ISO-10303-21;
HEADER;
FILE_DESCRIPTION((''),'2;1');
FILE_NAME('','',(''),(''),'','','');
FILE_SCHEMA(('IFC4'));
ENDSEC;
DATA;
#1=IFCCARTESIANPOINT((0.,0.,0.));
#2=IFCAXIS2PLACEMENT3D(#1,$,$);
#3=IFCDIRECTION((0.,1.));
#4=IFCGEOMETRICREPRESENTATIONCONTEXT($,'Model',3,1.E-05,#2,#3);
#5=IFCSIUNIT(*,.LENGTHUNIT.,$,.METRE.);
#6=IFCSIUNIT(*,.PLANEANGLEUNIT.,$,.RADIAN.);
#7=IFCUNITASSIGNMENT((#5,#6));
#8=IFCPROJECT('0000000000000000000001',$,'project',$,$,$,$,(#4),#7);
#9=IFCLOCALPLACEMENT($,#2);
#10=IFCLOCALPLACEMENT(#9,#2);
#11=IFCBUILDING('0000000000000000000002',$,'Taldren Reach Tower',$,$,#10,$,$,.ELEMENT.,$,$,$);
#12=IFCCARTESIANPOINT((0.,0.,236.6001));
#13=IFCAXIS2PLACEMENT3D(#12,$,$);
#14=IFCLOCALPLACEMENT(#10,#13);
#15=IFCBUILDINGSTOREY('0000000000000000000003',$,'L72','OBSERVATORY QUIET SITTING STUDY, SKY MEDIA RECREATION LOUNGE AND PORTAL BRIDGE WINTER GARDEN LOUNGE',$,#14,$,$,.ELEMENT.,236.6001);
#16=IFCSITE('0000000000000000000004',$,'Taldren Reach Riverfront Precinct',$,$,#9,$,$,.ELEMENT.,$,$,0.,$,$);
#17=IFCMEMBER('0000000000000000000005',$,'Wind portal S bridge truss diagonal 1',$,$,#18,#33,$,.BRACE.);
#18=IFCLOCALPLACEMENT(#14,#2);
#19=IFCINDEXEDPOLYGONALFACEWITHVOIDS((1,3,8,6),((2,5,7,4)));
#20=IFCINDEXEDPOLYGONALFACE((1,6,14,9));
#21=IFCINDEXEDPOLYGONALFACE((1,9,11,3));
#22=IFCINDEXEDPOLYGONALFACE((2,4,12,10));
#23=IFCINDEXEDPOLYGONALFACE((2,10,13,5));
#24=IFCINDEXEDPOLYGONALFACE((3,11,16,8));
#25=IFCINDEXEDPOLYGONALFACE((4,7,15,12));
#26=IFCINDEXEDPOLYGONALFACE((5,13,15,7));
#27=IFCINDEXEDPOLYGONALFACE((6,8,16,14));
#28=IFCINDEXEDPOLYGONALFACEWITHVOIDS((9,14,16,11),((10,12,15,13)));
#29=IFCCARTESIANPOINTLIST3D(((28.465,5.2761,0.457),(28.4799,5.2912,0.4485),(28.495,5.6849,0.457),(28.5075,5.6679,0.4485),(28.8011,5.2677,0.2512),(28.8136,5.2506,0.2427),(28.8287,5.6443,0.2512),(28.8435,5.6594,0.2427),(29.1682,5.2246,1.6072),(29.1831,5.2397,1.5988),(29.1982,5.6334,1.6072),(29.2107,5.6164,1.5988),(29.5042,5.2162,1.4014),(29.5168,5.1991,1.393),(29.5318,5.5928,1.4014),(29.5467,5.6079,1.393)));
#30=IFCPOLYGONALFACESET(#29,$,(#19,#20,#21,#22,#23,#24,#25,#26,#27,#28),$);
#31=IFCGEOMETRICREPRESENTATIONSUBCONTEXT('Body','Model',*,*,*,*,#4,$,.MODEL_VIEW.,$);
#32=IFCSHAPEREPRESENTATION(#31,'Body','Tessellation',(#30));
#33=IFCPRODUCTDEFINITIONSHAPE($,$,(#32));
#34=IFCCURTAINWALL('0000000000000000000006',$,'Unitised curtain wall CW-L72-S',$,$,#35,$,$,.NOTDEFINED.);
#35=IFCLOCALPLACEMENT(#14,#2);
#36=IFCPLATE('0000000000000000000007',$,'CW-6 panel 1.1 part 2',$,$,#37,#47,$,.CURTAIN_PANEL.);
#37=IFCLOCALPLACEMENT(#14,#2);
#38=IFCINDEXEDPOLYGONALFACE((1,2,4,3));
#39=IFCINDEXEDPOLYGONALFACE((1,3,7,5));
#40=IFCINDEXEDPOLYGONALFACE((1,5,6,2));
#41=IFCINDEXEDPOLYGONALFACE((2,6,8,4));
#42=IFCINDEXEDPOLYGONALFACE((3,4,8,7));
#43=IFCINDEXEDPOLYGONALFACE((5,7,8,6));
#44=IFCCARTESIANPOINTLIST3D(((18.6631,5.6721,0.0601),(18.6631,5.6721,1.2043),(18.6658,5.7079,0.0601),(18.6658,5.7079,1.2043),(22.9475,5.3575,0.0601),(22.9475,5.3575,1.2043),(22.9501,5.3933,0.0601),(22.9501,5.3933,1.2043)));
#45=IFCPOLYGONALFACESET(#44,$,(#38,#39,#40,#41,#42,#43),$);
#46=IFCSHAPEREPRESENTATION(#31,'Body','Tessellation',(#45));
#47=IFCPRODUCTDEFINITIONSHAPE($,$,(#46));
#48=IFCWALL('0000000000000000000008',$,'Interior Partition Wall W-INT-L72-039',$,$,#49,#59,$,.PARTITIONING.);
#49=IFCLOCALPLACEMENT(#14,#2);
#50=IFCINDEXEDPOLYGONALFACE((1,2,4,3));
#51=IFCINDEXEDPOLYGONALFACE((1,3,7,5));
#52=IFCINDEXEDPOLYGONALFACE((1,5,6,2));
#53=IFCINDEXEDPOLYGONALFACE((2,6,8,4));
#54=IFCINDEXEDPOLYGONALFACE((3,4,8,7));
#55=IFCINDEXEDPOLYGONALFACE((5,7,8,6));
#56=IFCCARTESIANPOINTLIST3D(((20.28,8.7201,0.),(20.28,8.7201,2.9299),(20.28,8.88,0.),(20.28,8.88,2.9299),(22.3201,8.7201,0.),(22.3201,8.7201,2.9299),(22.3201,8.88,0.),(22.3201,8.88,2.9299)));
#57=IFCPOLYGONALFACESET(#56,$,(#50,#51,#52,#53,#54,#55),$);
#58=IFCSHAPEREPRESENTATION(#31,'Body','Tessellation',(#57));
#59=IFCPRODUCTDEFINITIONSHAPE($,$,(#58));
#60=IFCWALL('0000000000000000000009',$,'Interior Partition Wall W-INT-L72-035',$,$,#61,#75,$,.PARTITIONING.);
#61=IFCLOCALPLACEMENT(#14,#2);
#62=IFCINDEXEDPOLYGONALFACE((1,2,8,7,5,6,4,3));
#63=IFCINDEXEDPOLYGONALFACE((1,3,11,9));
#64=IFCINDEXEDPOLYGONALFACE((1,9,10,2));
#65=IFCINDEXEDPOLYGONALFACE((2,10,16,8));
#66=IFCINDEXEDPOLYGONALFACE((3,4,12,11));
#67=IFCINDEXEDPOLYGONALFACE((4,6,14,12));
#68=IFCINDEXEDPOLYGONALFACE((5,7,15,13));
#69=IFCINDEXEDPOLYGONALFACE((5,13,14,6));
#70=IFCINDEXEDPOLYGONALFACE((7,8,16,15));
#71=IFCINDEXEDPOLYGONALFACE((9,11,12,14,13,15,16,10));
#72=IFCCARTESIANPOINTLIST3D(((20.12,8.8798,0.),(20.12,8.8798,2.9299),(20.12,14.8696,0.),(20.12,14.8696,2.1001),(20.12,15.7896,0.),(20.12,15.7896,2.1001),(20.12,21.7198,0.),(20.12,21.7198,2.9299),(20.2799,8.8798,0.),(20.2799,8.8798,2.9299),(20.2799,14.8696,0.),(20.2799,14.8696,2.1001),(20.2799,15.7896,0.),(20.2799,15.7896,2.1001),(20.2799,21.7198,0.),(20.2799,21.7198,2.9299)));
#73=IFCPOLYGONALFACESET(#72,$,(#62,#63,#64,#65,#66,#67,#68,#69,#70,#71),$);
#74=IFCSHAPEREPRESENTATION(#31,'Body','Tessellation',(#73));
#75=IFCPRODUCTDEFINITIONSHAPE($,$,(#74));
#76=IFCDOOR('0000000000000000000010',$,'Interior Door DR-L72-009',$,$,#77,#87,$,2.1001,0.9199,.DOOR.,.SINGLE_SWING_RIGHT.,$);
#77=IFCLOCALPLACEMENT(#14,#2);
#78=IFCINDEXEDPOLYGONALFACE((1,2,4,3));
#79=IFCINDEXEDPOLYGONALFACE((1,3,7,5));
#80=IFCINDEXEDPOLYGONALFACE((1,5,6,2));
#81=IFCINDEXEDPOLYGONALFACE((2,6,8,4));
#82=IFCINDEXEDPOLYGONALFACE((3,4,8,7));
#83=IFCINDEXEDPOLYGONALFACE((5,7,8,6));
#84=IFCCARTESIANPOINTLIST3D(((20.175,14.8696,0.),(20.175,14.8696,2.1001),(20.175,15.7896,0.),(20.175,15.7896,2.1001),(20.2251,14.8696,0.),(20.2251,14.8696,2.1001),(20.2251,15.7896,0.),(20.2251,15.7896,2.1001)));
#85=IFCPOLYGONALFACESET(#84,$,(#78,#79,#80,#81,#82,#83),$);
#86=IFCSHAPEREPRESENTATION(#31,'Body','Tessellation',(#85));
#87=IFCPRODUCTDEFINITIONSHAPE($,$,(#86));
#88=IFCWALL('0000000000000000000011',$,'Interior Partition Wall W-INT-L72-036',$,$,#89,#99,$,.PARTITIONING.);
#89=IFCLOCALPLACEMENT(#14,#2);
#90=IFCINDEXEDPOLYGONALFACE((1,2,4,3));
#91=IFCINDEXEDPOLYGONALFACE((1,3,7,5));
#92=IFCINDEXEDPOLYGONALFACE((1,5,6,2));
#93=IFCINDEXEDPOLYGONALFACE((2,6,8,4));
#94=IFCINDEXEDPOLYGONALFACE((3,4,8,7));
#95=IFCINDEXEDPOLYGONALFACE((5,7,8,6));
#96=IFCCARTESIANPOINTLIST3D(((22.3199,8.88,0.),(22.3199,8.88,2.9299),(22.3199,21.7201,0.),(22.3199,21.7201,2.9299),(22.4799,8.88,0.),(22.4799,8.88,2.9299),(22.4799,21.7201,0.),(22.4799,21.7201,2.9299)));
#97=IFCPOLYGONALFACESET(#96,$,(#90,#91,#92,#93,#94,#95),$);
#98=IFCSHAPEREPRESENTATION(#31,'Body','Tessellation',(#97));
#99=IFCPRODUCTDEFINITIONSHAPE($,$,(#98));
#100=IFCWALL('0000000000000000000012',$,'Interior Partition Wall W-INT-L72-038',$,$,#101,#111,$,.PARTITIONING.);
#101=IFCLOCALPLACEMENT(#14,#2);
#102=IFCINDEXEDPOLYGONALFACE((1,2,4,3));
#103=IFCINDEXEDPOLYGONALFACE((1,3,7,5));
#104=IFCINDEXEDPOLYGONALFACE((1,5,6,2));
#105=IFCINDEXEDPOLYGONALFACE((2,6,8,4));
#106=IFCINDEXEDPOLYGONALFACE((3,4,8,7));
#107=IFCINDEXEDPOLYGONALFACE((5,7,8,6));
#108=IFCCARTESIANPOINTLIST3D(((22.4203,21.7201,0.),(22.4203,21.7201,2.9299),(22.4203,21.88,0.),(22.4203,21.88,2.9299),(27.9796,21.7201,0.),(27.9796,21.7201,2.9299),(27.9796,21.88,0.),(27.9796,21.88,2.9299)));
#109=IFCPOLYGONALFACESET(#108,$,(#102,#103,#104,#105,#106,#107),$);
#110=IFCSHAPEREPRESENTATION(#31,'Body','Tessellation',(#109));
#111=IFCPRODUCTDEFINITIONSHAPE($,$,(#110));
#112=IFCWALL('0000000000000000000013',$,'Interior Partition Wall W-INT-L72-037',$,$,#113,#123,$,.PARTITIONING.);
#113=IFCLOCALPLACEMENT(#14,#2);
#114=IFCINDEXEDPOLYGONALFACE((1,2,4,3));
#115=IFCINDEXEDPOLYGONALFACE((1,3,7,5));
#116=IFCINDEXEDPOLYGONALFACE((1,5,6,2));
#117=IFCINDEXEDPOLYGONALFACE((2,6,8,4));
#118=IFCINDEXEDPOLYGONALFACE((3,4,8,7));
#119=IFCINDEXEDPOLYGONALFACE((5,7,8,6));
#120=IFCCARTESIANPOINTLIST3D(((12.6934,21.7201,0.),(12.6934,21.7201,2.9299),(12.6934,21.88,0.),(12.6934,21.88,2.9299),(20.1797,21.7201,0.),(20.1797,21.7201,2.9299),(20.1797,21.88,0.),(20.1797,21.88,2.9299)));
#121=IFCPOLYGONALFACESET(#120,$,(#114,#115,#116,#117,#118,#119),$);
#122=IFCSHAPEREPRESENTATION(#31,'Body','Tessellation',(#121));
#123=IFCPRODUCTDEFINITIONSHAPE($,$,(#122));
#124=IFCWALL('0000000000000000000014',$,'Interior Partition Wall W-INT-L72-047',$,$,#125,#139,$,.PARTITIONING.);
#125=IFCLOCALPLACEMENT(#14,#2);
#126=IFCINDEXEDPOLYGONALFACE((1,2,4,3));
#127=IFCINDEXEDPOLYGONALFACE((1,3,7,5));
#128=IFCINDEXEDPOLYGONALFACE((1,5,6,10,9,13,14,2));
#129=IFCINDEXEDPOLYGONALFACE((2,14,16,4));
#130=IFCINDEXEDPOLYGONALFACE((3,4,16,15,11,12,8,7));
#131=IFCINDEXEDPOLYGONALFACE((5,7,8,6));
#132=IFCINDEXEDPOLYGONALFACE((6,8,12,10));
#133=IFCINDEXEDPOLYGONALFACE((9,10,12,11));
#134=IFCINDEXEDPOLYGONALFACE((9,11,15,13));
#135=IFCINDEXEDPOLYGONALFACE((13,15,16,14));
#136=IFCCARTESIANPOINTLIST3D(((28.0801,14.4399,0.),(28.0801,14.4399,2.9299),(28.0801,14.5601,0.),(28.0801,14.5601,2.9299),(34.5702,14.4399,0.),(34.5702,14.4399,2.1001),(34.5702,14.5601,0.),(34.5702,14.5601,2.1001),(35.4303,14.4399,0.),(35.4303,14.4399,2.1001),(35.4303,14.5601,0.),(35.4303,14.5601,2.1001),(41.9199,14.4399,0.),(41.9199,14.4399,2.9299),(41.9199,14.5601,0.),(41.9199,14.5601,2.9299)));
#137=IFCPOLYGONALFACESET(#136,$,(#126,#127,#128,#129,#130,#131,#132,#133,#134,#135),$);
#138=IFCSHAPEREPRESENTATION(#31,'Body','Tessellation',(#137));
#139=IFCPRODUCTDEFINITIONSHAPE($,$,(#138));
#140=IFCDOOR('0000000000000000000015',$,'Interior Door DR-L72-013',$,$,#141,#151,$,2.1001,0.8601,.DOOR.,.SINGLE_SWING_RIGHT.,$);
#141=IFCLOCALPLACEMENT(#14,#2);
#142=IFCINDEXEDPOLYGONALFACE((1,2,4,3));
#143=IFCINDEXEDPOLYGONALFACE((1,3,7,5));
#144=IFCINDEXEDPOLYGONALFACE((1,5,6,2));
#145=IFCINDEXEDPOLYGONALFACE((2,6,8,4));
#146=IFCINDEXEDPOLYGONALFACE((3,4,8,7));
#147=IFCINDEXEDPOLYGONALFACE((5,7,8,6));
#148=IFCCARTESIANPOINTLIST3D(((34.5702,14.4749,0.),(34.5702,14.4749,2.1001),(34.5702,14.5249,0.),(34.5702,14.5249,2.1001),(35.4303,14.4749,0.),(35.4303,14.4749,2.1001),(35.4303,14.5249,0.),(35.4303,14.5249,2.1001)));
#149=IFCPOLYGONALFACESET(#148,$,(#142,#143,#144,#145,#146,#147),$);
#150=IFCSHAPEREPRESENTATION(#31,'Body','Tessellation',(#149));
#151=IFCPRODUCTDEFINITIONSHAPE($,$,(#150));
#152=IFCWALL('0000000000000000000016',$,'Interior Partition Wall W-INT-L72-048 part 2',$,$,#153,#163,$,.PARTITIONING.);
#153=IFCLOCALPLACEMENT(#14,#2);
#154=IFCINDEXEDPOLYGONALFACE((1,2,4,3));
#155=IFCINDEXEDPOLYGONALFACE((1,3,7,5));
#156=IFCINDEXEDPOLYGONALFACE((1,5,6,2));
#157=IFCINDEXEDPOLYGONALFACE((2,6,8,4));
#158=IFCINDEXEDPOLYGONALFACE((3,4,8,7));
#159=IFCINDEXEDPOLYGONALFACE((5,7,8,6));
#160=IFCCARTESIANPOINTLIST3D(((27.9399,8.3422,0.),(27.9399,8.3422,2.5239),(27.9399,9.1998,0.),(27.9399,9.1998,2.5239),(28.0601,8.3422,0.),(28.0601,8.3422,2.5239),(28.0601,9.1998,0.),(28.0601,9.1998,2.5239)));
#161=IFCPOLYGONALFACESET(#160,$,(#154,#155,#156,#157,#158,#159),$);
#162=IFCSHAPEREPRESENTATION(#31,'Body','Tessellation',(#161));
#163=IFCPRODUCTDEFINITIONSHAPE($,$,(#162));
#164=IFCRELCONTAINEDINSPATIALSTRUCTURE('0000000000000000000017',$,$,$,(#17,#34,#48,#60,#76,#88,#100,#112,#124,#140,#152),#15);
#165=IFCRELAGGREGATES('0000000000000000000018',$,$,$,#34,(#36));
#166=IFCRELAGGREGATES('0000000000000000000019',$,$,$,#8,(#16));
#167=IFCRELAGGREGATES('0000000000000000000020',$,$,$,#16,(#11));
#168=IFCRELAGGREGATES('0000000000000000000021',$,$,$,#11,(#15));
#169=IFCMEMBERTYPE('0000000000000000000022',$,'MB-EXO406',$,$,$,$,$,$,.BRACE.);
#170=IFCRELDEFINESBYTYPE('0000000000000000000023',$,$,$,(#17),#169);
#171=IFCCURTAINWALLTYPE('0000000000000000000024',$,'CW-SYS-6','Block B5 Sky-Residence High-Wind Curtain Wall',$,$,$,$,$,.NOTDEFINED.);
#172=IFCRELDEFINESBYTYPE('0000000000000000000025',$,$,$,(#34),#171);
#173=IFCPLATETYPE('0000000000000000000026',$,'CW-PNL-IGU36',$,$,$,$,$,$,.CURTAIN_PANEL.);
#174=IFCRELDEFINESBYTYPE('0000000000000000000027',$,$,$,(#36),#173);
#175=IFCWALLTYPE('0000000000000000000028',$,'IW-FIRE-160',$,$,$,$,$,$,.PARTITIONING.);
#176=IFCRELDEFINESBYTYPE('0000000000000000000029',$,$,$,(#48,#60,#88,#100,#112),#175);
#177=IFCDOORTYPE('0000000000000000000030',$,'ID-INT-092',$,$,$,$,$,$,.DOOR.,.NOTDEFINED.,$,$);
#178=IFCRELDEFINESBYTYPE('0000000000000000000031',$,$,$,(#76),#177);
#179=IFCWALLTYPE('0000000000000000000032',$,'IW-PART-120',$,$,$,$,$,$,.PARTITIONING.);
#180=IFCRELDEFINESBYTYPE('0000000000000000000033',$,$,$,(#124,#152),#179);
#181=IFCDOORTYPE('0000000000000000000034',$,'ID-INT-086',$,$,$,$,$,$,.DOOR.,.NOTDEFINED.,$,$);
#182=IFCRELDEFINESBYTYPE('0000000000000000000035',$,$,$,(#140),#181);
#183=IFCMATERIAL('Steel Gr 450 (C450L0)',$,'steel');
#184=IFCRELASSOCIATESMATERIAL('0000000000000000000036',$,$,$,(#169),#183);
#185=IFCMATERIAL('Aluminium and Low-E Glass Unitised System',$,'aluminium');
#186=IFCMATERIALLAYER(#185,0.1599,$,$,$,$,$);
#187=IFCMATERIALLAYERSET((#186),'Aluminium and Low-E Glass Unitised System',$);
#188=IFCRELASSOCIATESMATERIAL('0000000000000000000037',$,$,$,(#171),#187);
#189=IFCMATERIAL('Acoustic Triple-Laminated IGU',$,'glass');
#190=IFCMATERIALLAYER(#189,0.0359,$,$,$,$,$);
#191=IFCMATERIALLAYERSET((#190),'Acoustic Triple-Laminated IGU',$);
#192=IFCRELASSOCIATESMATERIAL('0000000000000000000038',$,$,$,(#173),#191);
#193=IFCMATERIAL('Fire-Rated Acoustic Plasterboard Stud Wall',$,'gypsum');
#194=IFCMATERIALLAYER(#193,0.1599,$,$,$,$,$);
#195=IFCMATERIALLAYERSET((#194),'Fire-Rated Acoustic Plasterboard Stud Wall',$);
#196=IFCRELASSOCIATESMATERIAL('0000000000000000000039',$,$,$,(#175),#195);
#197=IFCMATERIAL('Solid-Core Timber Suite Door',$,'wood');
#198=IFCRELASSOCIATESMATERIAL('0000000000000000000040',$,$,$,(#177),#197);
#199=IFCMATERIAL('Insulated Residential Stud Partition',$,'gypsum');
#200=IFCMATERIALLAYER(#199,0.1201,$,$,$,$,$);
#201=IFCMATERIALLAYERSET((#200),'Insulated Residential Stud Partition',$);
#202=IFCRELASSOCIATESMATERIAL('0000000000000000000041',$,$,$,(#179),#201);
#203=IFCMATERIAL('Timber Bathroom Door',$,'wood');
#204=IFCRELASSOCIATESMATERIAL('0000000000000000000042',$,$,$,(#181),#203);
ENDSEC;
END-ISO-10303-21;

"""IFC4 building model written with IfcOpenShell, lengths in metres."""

from ifc_helpers import new_model, si_unit, direction, frame, frame_2d, origin, origin_2d, place, context, subcontext, project, spatial, rectangle, hollow_rectangle, extrude, source, transform, mapped, material, layer, layer_set, material_profile, profile_set, type_object, element, fill, aggregate, save


model = new_model("IFC4")

# Units and contexts
model_context = context("Model", 3, precision=1e-05, world=origin(), true_north=direction((0.0, 1.0)))
body_context = subcontext(model_context, "Body", "Model", "MODEL_VIEW")
ifc_project = project(units=[si_unit("LENGTHUNIT", "METRE"), si_unit("PLANEANGLEUNIT", "RADIAN")], contexts=[model_context])

# Site, building, storey
site_placement = place(None, origin())
site = spatial("IfcSite", under=ifc_project, at=site_placement, Name="Taldren Reach Riverfront Precinct", CompositionType="ELEMENT", RefElevation=0.0)
building_placement = place(site_placement, origin())
building = spatial("IfcBuilding", under=site, at=building_placement, Name="Taldren Reach Tower", CompositionType="ELEMENT")
storey_placement = place(building_placement, frame((0.0, 0.0, 236.6001)))
storey = spatial("IfcBuildingStorey", under=building, at=storey_placement, Name="L72", Description="OBSERVATORY QUIET SITTING STUDY, SKY MEDIA RECREATION LOUNGE AND PORTAL BRIDGE WINTER GARDEN LOUNGE", CompositionType="ELEMENT", Elevation=236.6001)

# Shared definitions
ifc_material_1 = material(Name="Steel Gr 450 (C450L0)", Category="steel")

# Member
ifc_material_profile_1 = material_profile(ifc_material_1, hollow_rectangle(XDim=0.4099, YDim=0.4099, WallThickness=0.0161, at=origin_2d()), Name="410x410x16.0SHS")
ifc_profile_set_1 = profile_set([ifc_material_profile_1], Name="Steel Gr 450 (C450L0)")
member_type_1 = type_object("IfcMemberType", Name="MB-EXO406", PredefinedType="BRACE", material=ifc_profile_set_1)
shared_shape_1 = source(origin(), body_context, "Body", "SweptSolid", [
    extrude(hollow_rectangle(XDim=0.4099, YDim=0.4099, WallThickness=0.0161, at=origin_2d()), origin(), (0.0, 0.0, 1.0), 1.3491),
])
member_1_placement = place(storey_placement, frame((28.6543, 5.4678, 0.3499), z_axis=(0.521209, -0.038186, 0.852574), x_axis=(0.073068, 0.997327, 0.0)))
element("IfcMember", 1, at=member_1_placement, inside=storey, type_object=member_type_1, Name="Wind portal S bridge truss diagonal 1", PredefinedType="BRACE", context=body_context, shape_type="MappedRepresentation", body=[
    mapped(shared_shape_1, transform((0.0, 0.0, 0.0), scale=1.0)),
])

# Curtain wall, plate
ifc_material_2 = material(Name="Aluminium and Low-E Glass Unitised System", Category="aluminium")
ifc_layer_1 = layer(ifc_material_2, 0.1599)
ifc_layer_set_1 = layer_set([ifc_layer_1], Name="Aluminium and Low-E Glass Unitised System")
curtain_wall_type = type_object("IfcCurtainWallType", Name="CW-SYS-6", Description="Block B5 Sky-Residence High-Wind Curtain Wall", PredefinedType="NOTDEFINED", material=ifc_layer_set_1)
curtain_wall_placement = place(storey_placement, origin())
curtain_wall = element("IfcCurtainWall", 2, at=curtain_wall_placement, inside=storey, type_object=curtain_wall_type, Name="Unitised curtain wall CW-L72-S", PredefinedType="NOTDEFINED")
ifc_material_3 = material(Name="Acoustic Triple-Laminated IGU", Category="glass")
ifc_layer_2 = layer(ifc_material_3, 0.0359)
ifc_layer_set_2 = layer_set([ifc_layer_2], Name="Acoustic Triple-Laminated IGU")
plate_type = type_object("IfcPlateType", Name="CW-PNL-IGU36", PredefinedType="CURTAIN_PANEL", material=ifc_layer_set_2)
shared_shape_2 = source(origin(), body_context, "Body", "SweptSolid", [
    extrude(rectangle(XDim=4.2959, YDim=0.0359, at=origin_2d()), origin(), (0.0, 0.0, 1.0), 1.1443),
])
plate_placement = place(storey_placement, frame((20.8066, 5.5327, 0.0601), z_axis=(0.0, 0.0, 1.0), x_axis=(0.997314, -0.073238, 0.0)))
plate = element("IfcPlate", 3, at=plate_placement, type_object=plate_type, Name="CW-6 panel 1.1 part 2", PredefinedType="CURTAIN_PANEL", context=body_context, shape_type="MappedRepresentation", body=[
    mapped(shared_shape_2, transform((0.0, 0.0, 0.0), scale=1.0)),
])
aggregate(curtain_wall, [plate])

# Wall
ifc_material_4 = material(Name="Fire-Rated Acoustic Plasterboard Stud Wall", Category="gypsum")
ifc_layer_3 = layer(ifc_material_4, 0.1599)
ifc_layer_set_3 = layer_set([ifc_layer_3], Name="Fire-Rated Acoustic Plasterboard Stud Wall")
wall_type_1 = type_object("IfcWallType", Name="IW-FIRE-160", PredefinedType="PARTITIONING", material=ifc_layer_set_3)
shared_shape_3 = source(origin(), body_context, "Body", "SweptSolid", [
    extrude(rectangle(XDim=2.04, YDim=0.1599, at=frame_2d((1.02, 0.0))), origin(), (0.0, 0.0, 1.0), 2.9299),
])
wall_1_placement = place(storey_placement, frame((22.3201, 8.8, 0.0), z_axis=(0.0, 0.0, 1.0), x_axis=(-1.0, 0.0, 0.0)))
element("IfcWall", 4, at=wall_1_placement, inside=storey, type_object=wall_type_1, Name="Interior Partition Wall W-INT-L72-039", PredefinedType="PARTITIONING", context=body_context, shape_type="MappedRepresentation", body=[
    mapped(shared_shape_3, transform((0.0, 0.0, 0.0), scale=1.0)),
])

# Wall, opening, door
shared_shape_4 = source(origin(), body_context, "Body", "SweptSolid", [
    extrude(rectangle(XDim=12.8401, YDim=0.1599, at=frame_2d((6.4199, 0.0))), origin(), (0.0, 0.0, 1.0), 2.9299),
])
wall_2_placement = place(storey_placement, frame((20.2, 8.8799, 0.0), z_axis=(0.0, 0.0, 1.0), x_axis=(0.0, 1.0, 0.0)))
wall_2 = element("IfcWall", 5, at=wall_2_placement, inside=storey, type_object=wall_type_1, Name="Interior Partition Wall W-INT-L72-035", PredefinedType="PARTITIONING", context=body_context, shape_type="MappedRepresentation", body=[
    mapped(shared_shape_4, transform((0.0, 0.0, 0.0), scale=1.0)),
])
shared_shape_5 = source(origin(), body_context, "Body", "SweptSolid", [
    extrude(rectangle(XDim=0.9199, YDim=2.1001, at=frame_2d((0.46, 1.05))), frame((0.0, 0.0898, 0.0), z_axis=(0.0, -1.0, 0.0), x_axis=(1.0, 0.0, 0.0)), (0.0, 0.0, 1.0), 0.1799),
])
opening_1_placement = place(wall_2_placement, frame((5.9897, 0.0, 0.0)))
opening_1 = element("IfcOpeningElement", 6, at=opening_1_placement, cuts=wall_2, PredefinedType="OPENING", context=body_context, shape_type="MappedRepresentation", body=[
    mapped(shared_shape_5, transform((0.0, 0.0, 0.0), scale=1.0)),
])
ifc_material_5 = material(Name="Solid-Core Timber Suite Door", Category="wood")
door_type_1 = type_object("IfcDoorType", Name="ID-INT-092", OperationType="NOTDEFINED", PredefinedType="DOOR", material=ifc_material_5)
shared_shape_6 = source(origin(), body_context, "Body", "SweptSolid", [
    extrude(rectangle(XDim=0.9199, YDim=2.1001, at=frame_2d((0.46, 1.05))), frame((0.0, 0.0249, 0.0), z_axis=(0.0, -1.0, 0.0), x_axis=(1.0, 0.0, 0.0)), (0.0, 0.0, 1.0), 0.05),
])
door_1_placement = place(opening_1_placement, origin())
door_1 = element("IfcDoor", 7, at=door_1_placement, inside=storey, type_object=door_type_1, Name="Interior Door DR-L72-009", OperationType="SINGLE_SWING_RIGHT", OverallHeight=2.1001, OverallWidth=0.9199, PredefinedType="DOOR", context=body_context, shape_type="MappedRepresentation", body=[
    mapped(shared_shape_6, transform((0.0, 0.0, 0.0), scale=1.0)),
])
fill(opening_1, door_1)

# Walls
wall_3_placement = place(storey_placement, frame((22.3999, 21.72, 0.0), z_axis=(0.0, 0.0, 1.0), x_axis=(0.0, -1.0, 0.0)))
element("IfcWall", 8, at=wall_3_placement, inside=storey, type_object=wall_type_1, Name="Interior Partition Wall W-INT-L72-036", PredefinedType="PARTITIONING", context=body_context, shape_type="MappedRepresentation", body=[
    mapped(shared_shape_4, transform((0.0, 0.0, 0.0), scale=1.0)),
])
shared_shape_7 = source(origin(), body_context, "Body", "SweptSolid", [
    extrude(rectangle(XDim=5.5593, YDim=0.1599, at=frame_2d((2.7798, 0.0))), origin(), (0.0, 0.0, 1.0), 2.9299),
])
wall_4_placement = place(storey_placement, frame((27.9797, 21.8, 0.0), z_axis=(0.0, 0.0, 1.0), x_axis=(-1.0, 0.0, 0.0)))
element("IfcWall", 9, at=wall_4_placement, inside=storey, type_object=wall_type_1, Name="Interior Partition Wall W-INT-L72-038", PredefinedType="PARTITIONING", context=body_context, shape_type="MappedRepresentation", body=[
    mapped(shared_shape_7, transform((0.0, 0.0, 0.0), scale=1.0)),
])
shared_shape_8 = source(origin(), body_context, "Body", "SweptSolid", [
    extrude(rectangle(XDim=7.4863, YDim=0.1599, at=frame_2d((3.7432, 0.0))), origin(), (0.0, 0.0, 1.0), 2.9299),
])
wall_5_placement = place(storey_placement, frame((20.1797, 21.8, 0.0), z_axis=(0.0, 0.0, 1.0), x_axis=(-1.0, 0.0, 0.0)))
element("IfcWall", 10, at=wall_5_placement, inside=storey, type_object=wall_type_1, Name="Interior Partition Wall W-INT-L72-037", PredefinedType="PARTITIONING", context=body_context, shape_type="MappedRepresentation", body=[
    mapped(shared_shape_8, transform((0.0, 0.0, 0.0), scale=1.0)),
])

# Wall, opening, door
ifc_material_6 = material(Name="Insulated Residential Stud Partition", Category="gypsum")
ifc_layer_4 = layer(ifc_material_6, 0.1201)
ifc_layer_set_4 = layer_set([ifc_layer_4], Name="Insulated Residential Stud Partition")
wall_type_2 = type_object("IfcWallType", Name="IW-PART-120", PredefinedType="PARTITIONING", material=ifc_layer_set_4)
shared_shape_9 = source(origin(), body_context, "Body", "SweptSolid", [
    extrude(rectangle(XDim=13.8398, YDim=0.1201, at=frame_2d((6.9199, 0.0))), origin(), (0.0, 0.0, 1.0), 2.9299),
])
wall_6_placement = place(storey_placement, frame((28.0801, 14.5, 0.0), z_axis=(0.0, 0.0, 1.0), x_axis=(1.0, 0.0, 0.0)))
wall_6 = element("IfcWall", 11, at=wall_6_placement, inside=storey, type_object=wall_type_2, Name="Interior Partition Wall W-INT-L72-047", PredefinedType="PARTITIONING", context=body_context, shape_type="MappedRepresentation", body=[
    mapped(shared_shape_9, transform((0.0, 0.0, 0.0), scale=1.0)),
])
shared_shape_10 = source(origin(), body_context, "Body", "SweptSolid", [
    extrude(rectangle(XDim=0.8601, YDim=2.1001, at=frame_2d((0.4302, 1.05))), frame((0.0, 0.0701, 0.0), z_axis=(0.0, -1.0, 0.0), x_axis=(1.0, 0.0, 0.0)), (0.0, 0.0, 1.0), 0.1401),
])
opening_2_placement = place(wall_6_placement, frame((6.49, 0.0, 0.0)))
opening_2 = element("IfcOpeningElement", 12, at=opening_2_placement, cuts=wall_6, PredefinedType="OPENING", context=body_context, shape_type="MappedRepresentation", body=[
    mapped(shared_shape_10, transform((0.0, 0.0, 0.0), scale=1.0)),
])
ifc_material_7 = material(Name="Timber Bathroom Door", Category="wood")
door_type_2 = type_object("IfcDoorType", Name="ID-INT-086", OperationType="NOTDEFINED", PredefinedType="DOOR", material=ifc_material_7)
shared_shape_11 = source(origin(), body_context, "Body", "SweptSolid", [
    extrude(rectangle(XDim=0.8601, YDim=2.1001, at=frame_2d((0.4302, 1.05))), frame((0.0, 0.0249, 0.0), z_axis=(0.0, -1.0, 0.0), x_axis=(1.0, 0.0, 0.0)), (0.0, 0.0, 1.0), 0.05),
])
door_2_placement = place(opening_2_placement, origin())
door_2 = element("IfcDoor", 13, at=door_2_placement, inside=storey, type_object=door_type_2, Name="Interior Door DR-L72-013", OperationType="SINGLE_SWING_RIGHT", OverallHeight=2.1001, OverallWidth=0.8601, PredefinedType="DOOR", context=body_context, shape_type="MappedRepresentation", body=[
    mapped(shared_shape_11, transform((0.0, 0.0, 0.0), scale=1.0)),
])
fill(opening_2, door_2)

# Wall
shared_shape_12 = source(origin(), body_context, "Body", "SweptSolid", [
    extrude(rectangle(XDim=0.8577, YDim=0.1201, at=frame_2d((0.4287, 0.0))), origin(), (0.0, 0.0, 1.0), 2.5239),
])
wall_7_placement = place(storey_placement, frame((28.0, 8.3423, 0.0), z_axis=(0.0, 0.0, 1.0), x_axis=(0.0, 1.0, 0.0)))
element("IfcWall", 14, at=wall_7_placement, inside=storey, type_object=wall_type_2, Name="Interior Partition Wall W-INT-L72-048 part 2", PredefinedType="PARTITIONING", context=body_context, shape_type="MappedRepresentation", body=[
    mapped(shared_shape_12, transform((0.0, 0.0, 0.0), scale=1.0)),
])

save(model, "model.ifc")
